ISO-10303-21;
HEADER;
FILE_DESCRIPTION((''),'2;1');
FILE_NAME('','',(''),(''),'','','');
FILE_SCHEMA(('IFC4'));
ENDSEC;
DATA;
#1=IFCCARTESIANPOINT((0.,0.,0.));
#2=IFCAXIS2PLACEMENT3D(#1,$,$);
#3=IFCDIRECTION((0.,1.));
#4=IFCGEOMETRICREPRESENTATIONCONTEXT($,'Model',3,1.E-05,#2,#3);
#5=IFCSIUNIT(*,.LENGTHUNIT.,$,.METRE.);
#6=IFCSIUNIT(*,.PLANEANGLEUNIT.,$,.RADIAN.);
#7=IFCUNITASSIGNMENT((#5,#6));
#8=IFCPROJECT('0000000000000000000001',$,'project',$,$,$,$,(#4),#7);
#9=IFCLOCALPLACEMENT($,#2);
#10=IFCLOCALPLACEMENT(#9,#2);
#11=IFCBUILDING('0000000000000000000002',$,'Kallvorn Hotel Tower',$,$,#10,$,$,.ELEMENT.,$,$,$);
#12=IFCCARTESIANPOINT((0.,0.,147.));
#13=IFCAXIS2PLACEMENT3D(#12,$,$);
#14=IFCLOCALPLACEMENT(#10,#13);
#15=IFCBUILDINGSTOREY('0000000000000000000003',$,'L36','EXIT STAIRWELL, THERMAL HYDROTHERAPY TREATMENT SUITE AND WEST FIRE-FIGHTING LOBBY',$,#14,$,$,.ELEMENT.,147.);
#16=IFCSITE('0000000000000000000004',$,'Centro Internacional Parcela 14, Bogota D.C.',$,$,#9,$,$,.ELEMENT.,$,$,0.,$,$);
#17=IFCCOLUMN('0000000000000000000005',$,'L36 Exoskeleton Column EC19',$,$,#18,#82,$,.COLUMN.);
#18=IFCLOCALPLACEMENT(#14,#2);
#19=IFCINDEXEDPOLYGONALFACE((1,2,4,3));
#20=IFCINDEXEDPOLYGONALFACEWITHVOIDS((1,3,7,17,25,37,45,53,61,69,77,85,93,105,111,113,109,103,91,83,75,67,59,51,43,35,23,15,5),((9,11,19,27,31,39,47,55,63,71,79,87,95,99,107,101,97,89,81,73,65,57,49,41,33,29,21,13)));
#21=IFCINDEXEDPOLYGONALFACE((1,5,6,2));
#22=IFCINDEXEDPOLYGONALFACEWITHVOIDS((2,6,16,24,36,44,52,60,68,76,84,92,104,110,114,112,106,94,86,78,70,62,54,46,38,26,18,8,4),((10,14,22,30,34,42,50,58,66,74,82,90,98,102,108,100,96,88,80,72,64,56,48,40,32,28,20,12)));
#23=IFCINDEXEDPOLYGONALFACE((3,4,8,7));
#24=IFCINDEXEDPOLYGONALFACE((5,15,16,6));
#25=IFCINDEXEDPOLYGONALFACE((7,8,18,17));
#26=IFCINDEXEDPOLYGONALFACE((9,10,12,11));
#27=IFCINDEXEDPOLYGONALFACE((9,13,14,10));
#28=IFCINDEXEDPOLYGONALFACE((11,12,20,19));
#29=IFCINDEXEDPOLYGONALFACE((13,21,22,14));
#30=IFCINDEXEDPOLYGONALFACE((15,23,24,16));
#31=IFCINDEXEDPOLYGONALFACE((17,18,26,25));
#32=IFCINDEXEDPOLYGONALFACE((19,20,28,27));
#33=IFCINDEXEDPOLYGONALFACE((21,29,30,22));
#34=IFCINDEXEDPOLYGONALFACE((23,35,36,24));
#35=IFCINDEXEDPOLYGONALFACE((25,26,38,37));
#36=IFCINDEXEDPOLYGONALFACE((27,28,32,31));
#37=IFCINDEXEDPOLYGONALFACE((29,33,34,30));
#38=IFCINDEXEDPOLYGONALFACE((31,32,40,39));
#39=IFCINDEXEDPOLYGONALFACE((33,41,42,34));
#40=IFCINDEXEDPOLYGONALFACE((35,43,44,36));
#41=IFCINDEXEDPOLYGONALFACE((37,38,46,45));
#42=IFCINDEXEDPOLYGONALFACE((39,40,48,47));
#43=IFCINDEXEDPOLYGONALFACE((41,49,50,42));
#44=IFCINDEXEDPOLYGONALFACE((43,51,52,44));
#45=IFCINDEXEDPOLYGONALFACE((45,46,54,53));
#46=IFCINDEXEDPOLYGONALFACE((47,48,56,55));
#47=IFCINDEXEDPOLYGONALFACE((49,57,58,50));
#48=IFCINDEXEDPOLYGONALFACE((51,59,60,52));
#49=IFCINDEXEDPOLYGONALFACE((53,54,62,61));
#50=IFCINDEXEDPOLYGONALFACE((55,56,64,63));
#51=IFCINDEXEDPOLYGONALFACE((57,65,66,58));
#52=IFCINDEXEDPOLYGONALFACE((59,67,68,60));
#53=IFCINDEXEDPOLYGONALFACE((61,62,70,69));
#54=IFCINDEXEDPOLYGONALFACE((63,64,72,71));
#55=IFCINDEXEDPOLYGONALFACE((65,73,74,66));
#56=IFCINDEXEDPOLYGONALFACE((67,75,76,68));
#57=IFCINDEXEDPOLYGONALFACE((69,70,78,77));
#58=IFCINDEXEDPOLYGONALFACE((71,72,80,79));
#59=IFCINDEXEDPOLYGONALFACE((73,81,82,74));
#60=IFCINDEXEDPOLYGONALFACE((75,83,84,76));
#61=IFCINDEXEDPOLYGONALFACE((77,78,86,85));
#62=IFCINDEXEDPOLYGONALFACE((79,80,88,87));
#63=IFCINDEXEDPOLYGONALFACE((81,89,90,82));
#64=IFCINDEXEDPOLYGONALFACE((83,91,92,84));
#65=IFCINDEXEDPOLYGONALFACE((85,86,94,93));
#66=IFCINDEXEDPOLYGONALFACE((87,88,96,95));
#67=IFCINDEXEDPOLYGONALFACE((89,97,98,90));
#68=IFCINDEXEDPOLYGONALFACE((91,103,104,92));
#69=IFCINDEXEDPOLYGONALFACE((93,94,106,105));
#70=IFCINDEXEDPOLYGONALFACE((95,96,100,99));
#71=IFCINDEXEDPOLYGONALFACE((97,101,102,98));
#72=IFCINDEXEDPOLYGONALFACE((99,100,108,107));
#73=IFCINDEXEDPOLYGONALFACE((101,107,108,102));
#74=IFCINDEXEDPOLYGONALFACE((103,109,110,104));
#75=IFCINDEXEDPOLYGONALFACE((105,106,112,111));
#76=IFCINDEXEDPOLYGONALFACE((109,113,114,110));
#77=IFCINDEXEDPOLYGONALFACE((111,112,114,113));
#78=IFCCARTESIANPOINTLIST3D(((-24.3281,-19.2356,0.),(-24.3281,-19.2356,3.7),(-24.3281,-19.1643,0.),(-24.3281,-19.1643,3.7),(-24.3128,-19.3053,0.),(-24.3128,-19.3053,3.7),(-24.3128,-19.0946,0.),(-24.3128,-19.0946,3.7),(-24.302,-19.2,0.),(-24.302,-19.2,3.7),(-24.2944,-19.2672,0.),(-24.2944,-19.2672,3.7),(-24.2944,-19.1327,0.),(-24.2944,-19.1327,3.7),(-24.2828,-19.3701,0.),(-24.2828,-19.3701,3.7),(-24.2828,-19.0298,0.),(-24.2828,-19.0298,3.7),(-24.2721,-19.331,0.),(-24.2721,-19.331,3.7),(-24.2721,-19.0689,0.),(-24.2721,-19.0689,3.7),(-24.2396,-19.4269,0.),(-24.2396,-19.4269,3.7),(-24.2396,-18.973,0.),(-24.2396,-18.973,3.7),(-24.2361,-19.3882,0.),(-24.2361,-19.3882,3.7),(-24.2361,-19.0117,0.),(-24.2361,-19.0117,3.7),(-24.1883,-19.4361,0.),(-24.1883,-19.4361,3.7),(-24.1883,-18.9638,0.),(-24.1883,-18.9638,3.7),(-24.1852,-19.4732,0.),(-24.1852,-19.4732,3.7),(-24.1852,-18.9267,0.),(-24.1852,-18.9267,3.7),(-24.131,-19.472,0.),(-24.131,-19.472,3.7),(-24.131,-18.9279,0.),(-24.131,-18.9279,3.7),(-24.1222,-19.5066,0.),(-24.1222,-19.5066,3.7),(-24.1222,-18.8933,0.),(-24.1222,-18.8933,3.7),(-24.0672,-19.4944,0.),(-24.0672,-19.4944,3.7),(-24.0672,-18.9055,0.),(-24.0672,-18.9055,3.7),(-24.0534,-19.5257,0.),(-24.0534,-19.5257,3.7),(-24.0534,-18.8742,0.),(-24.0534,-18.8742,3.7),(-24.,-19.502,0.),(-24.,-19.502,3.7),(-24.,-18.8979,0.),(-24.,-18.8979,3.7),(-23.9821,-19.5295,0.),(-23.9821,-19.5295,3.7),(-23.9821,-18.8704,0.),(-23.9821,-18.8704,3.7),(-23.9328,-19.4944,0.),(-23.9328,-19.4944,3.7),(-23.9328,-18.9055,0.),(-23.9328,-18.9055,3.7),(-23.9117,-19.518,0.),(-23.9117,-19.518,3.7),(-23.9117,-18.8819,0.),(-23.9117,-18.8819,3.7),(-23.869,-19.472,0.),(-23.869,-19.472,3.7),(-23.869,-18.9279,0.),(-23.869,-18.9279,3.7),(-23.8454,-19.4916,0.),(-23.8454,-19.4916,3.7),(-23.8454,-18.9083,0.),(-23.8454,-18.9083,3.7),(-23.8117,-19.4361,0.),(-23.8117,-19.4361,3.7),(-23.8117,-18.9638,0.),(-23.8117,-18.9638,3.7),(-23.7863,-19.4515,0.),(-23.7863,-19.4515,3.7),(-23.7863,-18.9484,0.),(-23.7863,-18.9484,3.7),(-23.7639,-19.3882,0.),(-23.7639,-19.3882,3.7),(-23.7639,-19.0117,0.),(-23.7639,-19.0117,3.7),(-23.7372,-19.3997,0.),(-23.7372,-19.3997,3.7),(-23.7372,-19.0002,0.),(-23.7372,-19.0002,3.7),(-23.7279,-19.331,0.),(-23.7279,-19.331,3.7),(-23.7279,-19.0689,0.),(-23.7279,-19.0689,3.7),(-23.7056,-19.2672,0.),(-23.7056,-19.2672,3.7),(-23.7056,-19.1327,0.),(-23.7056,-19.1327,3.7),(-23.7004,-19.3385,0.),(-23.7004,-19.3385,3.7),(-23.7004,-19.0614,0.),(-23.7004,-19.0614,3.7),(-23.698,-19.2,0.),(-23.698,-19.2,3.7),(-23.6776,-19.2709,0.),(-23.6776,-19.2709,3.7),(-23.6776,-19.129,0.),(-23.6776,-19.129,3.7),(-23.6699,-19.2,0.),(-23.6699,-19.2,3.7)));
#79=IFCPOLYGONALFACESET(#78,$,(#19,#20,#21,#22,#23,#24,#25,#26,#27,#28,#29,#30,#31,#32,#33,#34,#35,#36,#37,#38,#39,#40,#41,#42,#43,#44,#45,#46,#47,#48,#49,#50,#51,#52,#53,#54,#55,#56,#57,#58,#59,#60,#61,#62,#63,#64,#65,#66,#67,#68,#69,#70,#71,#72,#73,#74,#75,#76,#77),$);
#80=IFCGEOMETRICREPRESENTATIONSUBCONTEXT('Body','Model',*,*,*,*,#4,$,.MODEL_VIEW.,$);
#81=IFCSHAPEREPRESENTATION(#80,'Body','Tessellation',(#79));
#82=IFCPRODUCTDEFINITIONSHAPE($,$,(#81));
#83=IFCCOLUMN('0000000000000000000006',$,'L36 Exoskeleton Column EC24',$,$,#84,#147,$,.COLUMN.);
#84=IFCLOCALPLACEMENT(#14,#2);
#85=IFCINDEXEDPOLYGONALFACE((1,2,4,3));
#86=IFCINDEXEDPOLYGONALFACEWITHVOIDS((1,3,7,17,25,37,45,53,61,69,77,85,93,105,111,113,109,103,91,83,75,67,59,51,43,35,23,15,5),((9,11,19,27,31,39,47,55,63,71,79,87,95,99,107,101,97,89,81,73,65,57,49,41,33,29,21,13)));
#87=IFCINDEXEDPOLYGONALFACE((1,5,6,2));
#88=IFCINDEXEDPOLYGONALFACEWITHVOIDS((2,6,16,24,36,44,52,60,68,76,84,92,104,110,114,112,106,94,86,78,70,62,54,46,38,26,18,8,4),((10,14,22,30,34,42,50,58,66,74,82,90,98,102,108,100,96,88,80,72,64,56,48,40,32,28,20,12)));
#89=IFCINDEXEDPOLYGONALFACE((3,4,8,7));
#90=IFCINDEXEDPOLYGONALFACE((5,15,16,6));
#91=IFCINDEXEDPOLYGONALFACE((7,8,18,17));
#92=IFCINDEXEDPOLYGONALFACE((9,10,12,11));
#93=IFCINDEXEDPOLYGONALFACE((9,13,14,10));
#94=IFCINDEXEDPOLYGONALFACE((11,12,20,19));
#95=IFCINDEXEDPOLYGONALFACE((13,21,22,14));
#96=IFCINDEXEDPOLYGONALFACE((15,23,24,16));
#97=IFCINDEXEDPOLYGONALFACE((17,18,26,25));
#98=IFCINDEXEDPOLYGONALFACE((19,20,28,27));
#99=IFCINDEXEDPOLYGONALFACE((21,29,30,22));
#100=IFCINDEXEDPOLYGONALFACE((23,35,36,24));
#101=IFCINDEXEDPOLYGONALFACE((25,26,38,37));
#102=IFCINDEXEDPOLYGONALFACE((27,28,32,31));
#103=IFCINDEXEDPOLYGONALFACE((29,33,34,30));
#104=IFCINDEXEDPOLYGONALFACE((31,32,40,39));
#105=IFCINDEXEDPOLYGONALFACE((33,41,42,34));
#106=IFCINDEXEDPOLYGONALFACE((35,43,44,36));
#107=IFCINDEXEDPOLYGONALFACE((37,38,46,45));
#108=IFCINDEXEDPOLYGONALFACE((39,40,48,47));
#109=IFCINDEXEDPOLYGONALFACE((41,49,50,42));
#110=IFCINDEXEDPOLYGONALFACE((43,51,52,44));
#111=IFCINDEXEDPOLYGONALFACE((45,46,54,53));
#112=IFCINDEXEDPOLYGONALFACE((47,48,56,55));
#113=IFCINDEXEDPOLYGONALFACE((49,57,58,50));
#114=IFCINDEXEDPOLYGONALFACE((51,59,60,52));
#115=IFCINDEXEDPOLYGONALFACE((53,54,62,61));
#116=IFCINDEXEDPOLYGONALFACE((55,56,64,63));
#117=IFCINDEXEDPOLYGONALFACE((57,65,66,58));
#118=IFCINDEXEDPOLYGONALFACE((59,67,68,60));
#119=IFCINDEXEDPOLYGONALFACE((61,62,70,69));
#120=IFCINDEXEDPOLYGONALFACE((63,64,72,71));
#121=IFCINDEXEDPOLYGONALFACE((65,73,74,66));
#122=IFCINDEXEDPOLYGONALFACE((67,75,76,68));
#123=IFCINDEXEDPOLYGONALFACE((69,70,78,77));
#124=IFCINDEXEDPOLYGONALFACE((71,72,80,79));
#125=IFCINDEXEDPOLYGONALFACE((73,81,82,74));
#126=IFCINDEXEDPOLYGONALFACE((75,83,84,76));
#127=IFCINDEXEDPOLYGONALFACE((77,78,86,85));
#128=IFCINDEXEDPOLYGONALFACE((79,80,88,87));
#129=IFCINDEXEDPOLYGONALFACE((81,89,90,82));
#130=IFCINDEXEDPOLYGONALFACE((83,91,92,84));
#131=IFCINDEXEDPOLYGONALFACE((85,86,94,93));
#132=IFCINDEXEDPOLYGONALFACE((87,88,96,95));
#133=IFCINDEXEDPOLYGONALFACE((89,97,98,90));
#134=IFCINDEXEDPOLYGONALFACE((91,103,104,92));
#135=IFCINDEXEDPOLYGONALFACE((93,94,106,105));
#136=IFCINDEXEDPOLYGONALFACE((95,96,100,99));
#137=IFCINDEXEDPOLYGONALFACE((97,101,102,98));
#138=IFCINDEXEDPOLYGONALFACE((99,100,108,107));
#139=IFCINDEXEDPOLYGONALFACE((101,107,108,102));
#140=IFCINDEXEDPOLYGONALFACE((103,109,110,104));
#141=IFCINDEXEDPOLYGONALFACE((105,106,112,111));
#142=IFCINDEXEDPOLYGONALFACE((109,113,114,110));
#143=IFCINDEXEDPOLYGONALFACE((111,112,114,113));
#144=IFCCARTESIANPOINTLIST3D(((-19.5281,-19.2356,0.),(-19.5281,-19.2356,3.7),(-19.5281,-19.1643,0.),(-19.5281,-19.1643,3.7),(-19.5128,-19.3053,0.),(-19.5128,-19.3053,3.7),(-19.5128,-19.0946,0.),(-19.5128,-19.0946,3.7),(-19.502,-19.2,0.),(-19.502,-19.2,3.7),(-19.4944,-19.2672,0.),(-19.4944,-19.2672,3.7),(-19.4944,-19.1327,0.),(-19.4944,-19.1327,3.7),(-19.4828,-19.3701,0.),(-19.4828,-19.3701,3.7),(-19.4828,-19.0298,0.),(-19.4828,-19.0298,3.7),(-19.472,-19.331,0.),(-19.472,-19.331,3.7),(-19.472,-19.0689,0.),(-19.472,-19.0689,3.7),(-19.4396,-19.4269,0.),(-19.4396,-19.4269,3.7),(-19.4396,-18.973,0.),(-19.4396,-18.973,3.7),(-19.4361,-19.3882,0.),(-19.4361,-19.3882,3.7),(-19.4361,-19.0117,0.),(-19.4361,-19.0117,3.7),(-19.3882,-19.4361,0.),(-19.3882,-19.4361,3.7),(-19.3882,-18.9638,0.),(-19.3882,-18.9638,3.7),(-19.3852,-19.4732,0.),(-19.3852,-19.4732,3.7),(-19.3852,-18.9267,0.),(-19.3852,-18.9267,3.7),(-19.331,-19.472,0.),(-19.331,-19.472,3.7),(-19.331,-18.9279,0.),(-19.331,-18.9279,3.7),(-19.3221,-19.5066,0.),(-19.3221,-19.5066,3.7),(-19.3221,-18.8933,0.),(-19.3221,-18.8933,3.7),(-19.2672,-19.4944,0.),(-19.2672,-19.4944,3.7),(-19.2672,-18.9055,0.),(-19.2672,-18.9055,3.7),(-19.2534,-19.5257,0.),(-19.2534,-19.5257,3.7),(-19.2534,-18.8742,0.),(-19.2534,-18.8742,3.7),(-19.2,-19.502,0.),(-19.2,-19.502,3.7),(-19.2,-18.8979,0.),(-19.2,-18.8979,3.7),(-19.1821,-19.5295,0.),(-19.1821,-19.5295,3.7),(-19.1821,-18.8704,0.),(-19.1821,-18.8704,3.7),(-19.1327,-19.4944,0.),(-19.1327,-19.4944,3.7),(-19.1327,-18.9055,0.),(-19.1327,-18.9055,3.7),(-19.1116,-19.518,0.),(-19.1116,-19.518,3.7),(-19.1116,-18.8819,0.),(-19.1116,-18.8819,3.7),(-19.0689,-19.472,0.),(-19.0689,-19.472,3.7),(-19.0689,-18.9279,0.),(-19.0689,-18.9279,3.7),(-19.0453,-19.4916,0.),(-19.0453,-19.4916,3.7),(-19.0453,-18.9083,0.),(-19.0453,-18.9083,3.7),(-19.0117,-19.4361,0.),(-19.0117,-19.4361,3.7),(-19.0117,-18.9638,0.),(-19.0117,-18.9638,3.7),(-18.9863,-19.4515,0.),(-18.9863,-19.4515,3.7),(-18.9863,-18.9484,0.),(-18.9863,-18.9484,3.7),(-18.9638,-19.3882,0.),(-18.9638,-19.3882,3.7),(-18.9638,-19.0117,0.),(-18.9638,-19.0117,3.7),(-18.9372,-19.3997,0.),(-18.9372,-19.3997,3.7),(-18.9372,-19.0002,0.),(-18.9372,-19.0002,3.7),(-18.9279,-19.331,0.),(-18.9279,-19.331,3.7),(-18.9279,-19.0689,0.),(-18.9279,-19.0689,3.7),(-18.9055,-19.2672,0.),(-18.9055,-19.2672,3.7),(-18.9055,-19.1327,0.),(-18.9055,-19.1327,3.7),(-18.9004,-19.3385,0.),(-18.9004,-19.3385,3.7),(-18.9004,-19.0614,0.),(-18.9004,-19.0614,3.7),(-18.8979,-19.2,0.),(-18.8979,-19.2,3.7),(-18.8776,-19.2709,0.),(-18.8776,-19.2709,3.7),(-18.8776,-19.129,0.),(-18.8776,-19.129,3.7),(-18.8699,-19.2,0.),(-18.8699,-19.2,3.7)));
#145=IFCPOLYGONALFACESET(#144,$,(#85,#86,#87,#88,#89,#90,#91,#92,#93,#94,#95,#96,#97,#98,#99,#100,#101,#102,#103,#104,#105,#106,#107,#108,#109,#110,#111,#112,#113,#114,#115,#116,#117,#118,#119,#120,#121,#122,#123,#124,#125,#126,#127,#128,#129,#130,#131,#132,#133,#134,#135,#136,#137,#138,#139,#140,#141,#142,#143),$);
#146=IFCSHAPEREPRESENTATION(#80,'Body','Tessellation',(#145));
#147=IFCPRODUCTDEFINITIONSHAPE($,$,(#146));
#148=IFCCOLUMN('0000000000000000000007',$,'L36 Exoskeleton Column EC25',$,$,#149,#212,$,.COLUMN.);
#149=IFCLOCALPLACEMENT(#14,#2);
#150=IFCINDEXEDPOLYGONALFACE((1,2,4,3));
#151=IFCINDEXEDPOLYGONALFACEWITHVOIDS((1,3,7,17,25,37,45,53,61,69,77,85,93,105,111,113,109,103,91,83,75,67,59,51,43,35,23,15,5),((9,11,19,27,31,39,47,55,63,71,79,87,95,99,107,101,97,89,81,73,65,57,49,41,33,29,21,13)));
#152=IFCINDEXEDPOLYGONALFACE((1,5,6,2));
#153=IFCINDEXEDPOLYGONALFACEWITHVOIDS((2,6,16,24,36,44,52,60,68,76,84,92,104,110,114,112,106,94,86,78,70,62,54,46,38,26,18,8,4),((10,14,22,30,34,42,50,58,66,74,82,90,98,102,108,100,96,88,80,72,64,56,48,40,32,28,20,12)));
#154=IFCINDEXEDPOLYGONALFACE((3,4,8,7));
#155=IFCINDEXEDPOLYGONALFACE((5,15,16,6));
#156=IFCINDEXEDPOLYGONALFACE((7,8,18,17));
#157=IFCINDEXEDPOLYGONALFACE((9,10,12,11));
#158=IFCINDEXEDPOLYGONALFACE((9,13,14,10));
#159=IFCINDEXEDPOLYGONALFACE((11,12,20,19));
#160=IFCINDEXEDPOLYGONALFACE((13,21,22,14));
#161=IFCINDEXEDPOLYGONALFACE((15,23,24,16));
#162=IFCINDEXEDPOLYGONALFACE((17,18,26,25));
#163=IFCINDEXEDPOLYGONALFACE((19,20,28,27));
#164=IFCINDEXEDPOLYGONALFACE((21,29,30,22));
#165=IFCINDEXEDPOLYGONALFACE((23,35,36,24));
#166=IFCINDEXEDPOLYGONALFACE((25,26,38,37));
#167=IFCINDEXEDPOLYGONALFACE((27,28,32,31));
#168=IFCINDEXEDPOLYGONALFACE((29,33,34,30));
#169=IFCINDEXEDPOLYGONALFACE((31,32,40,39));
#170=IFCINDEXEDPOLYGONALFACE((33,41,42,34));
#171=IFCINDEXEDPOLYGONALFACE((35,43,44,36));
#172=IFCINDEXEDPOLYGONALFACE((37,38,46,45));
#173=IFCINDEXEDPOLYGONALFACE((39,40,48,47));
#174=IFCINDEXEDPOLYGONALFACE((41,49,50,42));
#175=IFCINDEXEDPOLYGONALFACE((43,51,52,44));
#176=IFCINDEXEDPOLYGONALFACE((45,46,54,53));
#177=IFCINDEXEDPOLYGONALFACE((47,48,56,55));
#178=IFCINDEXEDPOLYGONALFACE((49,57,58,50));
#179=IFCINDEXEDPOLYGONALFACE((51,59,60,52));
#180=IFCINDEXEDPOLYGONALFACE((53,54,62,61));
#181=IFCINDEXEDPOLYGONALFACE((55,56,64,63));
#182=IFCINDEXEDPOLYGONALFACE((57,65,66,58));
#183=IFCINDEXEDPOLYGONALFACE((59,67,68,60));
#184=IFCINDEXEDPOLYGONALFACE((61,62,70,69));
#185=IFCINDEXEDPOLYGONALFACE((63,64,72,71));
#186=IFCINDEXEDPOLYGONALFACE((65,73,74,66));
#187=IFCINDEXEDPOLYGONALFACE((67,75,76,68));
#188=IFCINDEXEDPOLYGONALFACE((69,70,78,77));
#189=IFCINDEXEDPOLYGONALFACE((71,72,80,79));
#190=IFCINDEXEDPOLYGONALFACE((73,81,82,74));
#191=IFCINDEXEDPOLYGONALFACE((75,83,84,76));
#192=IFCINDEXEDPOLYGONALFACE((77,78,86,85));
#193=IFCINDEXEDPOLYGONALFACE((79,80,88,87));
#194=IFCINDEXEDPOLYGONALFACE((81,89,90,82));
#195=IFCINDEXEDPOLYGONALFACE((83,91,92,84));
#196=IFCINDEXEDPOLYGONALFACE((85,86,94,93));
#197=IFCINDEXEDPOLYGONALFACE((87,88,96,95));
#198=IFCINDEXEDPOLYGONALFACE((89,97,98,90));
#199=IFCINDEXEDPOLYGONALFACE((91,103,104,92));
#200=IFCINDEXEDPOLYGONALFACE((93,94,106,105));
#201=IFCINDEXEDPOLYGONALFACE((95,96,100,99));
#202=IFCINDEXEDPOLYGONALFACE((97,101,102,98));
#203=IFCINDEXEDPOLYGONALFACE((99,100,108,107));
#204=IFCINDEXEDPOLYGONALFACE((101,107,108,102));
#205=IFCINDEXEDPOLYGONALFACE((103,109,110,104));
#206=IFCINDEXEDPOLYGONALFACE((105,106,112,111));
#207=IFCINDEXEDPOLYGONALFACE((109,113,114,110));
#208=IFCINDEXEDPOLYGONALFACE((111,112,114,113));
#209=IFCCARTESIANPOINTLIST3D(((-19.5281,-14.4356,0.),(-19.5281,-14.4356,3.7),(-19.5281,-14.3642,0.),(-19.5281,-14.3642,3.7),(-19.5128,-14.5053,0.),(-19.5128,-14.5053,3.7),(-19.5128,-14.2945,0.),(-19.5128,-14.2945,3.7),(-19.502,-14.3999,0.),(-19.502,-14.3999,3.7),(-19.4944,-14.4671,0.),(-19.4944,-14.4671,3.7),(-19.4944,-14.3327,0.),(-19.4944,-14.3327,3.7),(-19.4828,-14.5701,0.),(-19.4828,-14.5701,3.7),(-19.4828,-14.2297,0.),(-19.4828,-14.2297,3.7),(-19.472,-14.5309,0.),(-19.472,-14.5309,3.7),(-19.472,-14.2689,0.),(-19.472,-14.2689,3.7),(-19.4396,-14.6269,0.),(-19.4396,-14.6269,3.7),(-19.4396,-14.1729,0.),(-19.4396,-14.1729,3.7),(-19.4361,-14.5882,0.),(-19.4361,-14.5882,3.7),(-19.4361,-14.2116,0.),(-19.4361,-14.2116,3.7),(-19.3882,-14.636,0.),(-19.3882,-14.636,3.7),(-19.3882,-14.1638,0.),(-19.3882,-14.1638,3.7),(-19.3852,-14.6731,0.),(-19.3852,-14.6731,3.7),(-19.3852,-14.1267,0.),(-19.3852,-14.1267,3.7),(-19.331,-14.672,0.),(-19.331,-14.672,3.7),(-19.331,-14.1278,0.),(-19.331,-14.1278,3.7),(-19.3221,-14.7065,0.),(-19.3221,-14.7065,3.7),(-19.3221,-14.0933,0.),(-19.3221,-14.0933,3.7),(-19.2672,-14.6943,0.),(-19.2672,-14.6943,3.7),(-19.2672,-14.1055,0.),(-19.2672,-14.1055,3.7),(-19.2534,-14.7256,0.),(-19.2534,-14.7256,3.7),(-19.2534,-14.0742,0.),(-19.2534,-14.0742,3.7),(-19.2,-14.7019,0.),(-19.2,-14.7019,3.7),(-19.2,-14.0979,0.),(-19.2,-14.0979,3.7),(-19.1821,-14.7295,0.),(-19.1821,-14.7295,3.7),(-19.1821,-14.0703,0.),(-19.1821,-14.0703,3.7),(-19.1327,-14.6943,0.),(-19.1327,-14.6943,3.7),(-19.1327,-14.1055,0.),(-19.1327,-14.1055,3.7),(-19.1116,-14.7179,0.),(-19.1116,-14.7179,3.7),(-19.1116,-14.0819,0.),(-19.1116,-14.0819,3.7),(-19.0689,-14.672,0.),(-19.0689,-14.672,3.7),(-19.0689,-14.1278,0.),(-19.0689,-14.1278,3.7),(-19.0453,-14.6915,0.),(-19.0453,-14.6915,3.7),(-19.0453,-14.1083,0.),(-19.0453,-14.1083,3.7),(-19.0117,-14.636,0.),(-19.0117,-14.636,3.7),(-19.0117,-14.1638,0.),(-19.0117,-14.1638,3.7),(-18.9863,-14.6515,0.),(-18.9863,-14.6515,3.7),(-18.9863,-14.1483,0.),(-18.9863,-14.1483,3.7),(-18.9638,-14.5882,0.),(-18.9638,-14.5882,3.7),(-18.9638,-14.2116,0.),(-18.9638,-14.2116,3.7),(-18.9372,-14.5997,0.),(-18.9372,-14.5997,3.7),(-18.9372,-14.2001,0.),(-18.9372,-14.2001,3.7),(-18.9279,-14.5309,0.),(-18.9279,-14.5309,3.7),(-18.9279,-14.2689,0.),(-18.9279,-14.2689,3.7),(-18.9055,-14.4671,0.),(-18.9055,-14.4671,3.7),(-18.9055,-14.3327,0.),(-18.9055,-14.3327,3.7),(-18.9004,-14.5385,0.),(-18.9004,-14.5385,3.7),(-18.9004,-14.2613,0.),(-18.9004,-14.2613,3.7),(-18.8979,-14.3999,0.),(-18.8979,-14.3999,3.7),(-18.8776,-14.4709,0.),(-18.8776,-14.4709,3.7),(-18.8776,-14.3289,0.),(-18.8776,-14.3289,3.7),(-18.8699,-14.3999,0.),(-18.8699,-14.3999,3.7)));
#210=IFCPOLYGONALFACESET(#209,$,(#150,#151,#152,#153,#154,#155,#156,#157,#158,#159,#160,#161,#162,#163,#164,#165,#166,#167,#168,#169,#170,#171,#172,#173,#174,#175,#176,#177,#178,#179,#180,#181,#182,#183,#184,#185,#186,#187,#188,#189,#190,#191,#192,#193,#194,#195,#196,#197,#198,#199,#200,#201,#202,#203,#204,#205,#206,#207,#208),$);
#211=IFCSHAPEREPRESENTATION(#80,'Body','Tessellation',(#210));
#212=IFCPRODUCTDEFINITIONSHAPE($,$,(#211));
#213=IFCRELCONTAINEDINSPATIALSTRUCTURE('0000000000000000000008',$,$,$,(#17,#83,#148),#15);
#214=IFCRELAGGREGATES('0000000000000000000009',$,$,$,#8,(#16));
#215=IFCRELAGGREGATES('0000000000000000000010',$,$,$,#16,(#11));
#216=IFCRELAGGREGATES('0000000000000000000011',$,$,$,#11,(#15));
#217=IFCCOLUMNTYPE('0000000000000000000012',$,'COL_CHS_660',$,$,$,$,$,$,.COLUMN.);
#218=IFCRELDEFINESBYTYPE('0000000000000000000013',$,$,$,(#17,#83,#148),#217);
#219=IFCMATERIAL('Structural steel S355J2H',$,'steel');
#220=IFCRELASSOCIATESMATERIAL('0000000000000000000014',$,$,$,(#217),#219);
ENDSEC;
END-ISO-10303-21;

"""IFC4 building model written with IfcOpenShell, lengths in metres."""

from ifc_helpers import new_model, si_unit, direction, frame, origin, origin_2d, place, context, subcontext, project, spatial, hollow_circle, extrude, material, material_profile, profile_set, type_object, element, save


model = new_model("IFC4")

# Units and contexts
model_context = context("Model", 3, precision=1e-05, world=origin(), true_north=direction((0.0, 1.0)))
body_context = subcontext(model_context, "Body", "Model", "MODEL_VIEW")
ifc_project = project(units=[si_unit("LENGTHUNIT", "METRE"), si_unit("PLANEANGLEUNIT", "RADIAN")], contexts=[model_context])

# Site, building, storey
site_placement = place(None, origin())
site = spatial("IfcSite", under=ifc_project, at=site_placement, Name="Centro Internacional Parcela 14, Bogota D.C.", CompositionType="ELEMENT", RefElevation=0.0)
building_placement = place(site_placement, origin())
building = spatial("IfcBuilding", under=site, at=building_placement, Name="Kallvorn Hotel Tower", CompositionType="ELEMENT")
storey_placement = place(building_placement, frame((0.0, 0.0, 147.0)))
storey = spatial("IfcBuildingStorey", under=building, at=storey_placement, Name="L36", Description="EXIT STAIRWELL, THERMAL HYDROTHERAPY TREATMENT SUITE AND WEST FIRE-FIGHTING LOBBY", CompositionType="ELEMENT", Elevation=147.0)

# Columns
ifc_material_1 = material(Name="Structural steel S355J2H", Category="steel")
ifc_material_profile_1 = material_profile(ifc_material_1, hollow_circle(Radius=0.3301, WallThickness=0.0281, at=origin_2d()), Name="CHS 660x28")
ifc_profile_set_1 = profile_set([ifc_material_profile_1], Name="Structural steel S355J2H")
column_type_1 = type_object("IfcColumnType", Name="COL_CHS_660", PredefinedType="COLUMN", material=ifc_profile_set_1)
for number, where, z_axis, x_axis, name in (
    (1, (-24.0, -19.2, 0.0), (0.0, 0.0, 1.0), (1.0, 0.0, 0.0), "L36 Exoskeleton Column EC19"),
    (2, (-19.2, -19.2, 0.0), (0.0, 0.0, 1.0), (1.0, 0.0, 0.0), "L36 Exoskeleton Column EC24"),
    (3, (-19.2, -14.3999, 0.0), (0.0, 0.0, 1.0), (1.0, 0.0, 0.0), "L36 Exoskeleton Column EC25"),
):
    element("IfcColumn", number, at=place(storey_placement, frame(where, z_axis=z_axis, x_axis=x_axis)), inside=storey, type_object=column_type_1, Name=name, PredefinedType="COLUMN", context=body_context, shape_type="SweptSolid", body=[
        extrude(hollow_circle(Radius=0.3301, WallThickness=0.0281, at=origin_2d()), origin(), (0.0, 0.0, 1.0), 3.7),
    ])

save(model, "model.ifc")
